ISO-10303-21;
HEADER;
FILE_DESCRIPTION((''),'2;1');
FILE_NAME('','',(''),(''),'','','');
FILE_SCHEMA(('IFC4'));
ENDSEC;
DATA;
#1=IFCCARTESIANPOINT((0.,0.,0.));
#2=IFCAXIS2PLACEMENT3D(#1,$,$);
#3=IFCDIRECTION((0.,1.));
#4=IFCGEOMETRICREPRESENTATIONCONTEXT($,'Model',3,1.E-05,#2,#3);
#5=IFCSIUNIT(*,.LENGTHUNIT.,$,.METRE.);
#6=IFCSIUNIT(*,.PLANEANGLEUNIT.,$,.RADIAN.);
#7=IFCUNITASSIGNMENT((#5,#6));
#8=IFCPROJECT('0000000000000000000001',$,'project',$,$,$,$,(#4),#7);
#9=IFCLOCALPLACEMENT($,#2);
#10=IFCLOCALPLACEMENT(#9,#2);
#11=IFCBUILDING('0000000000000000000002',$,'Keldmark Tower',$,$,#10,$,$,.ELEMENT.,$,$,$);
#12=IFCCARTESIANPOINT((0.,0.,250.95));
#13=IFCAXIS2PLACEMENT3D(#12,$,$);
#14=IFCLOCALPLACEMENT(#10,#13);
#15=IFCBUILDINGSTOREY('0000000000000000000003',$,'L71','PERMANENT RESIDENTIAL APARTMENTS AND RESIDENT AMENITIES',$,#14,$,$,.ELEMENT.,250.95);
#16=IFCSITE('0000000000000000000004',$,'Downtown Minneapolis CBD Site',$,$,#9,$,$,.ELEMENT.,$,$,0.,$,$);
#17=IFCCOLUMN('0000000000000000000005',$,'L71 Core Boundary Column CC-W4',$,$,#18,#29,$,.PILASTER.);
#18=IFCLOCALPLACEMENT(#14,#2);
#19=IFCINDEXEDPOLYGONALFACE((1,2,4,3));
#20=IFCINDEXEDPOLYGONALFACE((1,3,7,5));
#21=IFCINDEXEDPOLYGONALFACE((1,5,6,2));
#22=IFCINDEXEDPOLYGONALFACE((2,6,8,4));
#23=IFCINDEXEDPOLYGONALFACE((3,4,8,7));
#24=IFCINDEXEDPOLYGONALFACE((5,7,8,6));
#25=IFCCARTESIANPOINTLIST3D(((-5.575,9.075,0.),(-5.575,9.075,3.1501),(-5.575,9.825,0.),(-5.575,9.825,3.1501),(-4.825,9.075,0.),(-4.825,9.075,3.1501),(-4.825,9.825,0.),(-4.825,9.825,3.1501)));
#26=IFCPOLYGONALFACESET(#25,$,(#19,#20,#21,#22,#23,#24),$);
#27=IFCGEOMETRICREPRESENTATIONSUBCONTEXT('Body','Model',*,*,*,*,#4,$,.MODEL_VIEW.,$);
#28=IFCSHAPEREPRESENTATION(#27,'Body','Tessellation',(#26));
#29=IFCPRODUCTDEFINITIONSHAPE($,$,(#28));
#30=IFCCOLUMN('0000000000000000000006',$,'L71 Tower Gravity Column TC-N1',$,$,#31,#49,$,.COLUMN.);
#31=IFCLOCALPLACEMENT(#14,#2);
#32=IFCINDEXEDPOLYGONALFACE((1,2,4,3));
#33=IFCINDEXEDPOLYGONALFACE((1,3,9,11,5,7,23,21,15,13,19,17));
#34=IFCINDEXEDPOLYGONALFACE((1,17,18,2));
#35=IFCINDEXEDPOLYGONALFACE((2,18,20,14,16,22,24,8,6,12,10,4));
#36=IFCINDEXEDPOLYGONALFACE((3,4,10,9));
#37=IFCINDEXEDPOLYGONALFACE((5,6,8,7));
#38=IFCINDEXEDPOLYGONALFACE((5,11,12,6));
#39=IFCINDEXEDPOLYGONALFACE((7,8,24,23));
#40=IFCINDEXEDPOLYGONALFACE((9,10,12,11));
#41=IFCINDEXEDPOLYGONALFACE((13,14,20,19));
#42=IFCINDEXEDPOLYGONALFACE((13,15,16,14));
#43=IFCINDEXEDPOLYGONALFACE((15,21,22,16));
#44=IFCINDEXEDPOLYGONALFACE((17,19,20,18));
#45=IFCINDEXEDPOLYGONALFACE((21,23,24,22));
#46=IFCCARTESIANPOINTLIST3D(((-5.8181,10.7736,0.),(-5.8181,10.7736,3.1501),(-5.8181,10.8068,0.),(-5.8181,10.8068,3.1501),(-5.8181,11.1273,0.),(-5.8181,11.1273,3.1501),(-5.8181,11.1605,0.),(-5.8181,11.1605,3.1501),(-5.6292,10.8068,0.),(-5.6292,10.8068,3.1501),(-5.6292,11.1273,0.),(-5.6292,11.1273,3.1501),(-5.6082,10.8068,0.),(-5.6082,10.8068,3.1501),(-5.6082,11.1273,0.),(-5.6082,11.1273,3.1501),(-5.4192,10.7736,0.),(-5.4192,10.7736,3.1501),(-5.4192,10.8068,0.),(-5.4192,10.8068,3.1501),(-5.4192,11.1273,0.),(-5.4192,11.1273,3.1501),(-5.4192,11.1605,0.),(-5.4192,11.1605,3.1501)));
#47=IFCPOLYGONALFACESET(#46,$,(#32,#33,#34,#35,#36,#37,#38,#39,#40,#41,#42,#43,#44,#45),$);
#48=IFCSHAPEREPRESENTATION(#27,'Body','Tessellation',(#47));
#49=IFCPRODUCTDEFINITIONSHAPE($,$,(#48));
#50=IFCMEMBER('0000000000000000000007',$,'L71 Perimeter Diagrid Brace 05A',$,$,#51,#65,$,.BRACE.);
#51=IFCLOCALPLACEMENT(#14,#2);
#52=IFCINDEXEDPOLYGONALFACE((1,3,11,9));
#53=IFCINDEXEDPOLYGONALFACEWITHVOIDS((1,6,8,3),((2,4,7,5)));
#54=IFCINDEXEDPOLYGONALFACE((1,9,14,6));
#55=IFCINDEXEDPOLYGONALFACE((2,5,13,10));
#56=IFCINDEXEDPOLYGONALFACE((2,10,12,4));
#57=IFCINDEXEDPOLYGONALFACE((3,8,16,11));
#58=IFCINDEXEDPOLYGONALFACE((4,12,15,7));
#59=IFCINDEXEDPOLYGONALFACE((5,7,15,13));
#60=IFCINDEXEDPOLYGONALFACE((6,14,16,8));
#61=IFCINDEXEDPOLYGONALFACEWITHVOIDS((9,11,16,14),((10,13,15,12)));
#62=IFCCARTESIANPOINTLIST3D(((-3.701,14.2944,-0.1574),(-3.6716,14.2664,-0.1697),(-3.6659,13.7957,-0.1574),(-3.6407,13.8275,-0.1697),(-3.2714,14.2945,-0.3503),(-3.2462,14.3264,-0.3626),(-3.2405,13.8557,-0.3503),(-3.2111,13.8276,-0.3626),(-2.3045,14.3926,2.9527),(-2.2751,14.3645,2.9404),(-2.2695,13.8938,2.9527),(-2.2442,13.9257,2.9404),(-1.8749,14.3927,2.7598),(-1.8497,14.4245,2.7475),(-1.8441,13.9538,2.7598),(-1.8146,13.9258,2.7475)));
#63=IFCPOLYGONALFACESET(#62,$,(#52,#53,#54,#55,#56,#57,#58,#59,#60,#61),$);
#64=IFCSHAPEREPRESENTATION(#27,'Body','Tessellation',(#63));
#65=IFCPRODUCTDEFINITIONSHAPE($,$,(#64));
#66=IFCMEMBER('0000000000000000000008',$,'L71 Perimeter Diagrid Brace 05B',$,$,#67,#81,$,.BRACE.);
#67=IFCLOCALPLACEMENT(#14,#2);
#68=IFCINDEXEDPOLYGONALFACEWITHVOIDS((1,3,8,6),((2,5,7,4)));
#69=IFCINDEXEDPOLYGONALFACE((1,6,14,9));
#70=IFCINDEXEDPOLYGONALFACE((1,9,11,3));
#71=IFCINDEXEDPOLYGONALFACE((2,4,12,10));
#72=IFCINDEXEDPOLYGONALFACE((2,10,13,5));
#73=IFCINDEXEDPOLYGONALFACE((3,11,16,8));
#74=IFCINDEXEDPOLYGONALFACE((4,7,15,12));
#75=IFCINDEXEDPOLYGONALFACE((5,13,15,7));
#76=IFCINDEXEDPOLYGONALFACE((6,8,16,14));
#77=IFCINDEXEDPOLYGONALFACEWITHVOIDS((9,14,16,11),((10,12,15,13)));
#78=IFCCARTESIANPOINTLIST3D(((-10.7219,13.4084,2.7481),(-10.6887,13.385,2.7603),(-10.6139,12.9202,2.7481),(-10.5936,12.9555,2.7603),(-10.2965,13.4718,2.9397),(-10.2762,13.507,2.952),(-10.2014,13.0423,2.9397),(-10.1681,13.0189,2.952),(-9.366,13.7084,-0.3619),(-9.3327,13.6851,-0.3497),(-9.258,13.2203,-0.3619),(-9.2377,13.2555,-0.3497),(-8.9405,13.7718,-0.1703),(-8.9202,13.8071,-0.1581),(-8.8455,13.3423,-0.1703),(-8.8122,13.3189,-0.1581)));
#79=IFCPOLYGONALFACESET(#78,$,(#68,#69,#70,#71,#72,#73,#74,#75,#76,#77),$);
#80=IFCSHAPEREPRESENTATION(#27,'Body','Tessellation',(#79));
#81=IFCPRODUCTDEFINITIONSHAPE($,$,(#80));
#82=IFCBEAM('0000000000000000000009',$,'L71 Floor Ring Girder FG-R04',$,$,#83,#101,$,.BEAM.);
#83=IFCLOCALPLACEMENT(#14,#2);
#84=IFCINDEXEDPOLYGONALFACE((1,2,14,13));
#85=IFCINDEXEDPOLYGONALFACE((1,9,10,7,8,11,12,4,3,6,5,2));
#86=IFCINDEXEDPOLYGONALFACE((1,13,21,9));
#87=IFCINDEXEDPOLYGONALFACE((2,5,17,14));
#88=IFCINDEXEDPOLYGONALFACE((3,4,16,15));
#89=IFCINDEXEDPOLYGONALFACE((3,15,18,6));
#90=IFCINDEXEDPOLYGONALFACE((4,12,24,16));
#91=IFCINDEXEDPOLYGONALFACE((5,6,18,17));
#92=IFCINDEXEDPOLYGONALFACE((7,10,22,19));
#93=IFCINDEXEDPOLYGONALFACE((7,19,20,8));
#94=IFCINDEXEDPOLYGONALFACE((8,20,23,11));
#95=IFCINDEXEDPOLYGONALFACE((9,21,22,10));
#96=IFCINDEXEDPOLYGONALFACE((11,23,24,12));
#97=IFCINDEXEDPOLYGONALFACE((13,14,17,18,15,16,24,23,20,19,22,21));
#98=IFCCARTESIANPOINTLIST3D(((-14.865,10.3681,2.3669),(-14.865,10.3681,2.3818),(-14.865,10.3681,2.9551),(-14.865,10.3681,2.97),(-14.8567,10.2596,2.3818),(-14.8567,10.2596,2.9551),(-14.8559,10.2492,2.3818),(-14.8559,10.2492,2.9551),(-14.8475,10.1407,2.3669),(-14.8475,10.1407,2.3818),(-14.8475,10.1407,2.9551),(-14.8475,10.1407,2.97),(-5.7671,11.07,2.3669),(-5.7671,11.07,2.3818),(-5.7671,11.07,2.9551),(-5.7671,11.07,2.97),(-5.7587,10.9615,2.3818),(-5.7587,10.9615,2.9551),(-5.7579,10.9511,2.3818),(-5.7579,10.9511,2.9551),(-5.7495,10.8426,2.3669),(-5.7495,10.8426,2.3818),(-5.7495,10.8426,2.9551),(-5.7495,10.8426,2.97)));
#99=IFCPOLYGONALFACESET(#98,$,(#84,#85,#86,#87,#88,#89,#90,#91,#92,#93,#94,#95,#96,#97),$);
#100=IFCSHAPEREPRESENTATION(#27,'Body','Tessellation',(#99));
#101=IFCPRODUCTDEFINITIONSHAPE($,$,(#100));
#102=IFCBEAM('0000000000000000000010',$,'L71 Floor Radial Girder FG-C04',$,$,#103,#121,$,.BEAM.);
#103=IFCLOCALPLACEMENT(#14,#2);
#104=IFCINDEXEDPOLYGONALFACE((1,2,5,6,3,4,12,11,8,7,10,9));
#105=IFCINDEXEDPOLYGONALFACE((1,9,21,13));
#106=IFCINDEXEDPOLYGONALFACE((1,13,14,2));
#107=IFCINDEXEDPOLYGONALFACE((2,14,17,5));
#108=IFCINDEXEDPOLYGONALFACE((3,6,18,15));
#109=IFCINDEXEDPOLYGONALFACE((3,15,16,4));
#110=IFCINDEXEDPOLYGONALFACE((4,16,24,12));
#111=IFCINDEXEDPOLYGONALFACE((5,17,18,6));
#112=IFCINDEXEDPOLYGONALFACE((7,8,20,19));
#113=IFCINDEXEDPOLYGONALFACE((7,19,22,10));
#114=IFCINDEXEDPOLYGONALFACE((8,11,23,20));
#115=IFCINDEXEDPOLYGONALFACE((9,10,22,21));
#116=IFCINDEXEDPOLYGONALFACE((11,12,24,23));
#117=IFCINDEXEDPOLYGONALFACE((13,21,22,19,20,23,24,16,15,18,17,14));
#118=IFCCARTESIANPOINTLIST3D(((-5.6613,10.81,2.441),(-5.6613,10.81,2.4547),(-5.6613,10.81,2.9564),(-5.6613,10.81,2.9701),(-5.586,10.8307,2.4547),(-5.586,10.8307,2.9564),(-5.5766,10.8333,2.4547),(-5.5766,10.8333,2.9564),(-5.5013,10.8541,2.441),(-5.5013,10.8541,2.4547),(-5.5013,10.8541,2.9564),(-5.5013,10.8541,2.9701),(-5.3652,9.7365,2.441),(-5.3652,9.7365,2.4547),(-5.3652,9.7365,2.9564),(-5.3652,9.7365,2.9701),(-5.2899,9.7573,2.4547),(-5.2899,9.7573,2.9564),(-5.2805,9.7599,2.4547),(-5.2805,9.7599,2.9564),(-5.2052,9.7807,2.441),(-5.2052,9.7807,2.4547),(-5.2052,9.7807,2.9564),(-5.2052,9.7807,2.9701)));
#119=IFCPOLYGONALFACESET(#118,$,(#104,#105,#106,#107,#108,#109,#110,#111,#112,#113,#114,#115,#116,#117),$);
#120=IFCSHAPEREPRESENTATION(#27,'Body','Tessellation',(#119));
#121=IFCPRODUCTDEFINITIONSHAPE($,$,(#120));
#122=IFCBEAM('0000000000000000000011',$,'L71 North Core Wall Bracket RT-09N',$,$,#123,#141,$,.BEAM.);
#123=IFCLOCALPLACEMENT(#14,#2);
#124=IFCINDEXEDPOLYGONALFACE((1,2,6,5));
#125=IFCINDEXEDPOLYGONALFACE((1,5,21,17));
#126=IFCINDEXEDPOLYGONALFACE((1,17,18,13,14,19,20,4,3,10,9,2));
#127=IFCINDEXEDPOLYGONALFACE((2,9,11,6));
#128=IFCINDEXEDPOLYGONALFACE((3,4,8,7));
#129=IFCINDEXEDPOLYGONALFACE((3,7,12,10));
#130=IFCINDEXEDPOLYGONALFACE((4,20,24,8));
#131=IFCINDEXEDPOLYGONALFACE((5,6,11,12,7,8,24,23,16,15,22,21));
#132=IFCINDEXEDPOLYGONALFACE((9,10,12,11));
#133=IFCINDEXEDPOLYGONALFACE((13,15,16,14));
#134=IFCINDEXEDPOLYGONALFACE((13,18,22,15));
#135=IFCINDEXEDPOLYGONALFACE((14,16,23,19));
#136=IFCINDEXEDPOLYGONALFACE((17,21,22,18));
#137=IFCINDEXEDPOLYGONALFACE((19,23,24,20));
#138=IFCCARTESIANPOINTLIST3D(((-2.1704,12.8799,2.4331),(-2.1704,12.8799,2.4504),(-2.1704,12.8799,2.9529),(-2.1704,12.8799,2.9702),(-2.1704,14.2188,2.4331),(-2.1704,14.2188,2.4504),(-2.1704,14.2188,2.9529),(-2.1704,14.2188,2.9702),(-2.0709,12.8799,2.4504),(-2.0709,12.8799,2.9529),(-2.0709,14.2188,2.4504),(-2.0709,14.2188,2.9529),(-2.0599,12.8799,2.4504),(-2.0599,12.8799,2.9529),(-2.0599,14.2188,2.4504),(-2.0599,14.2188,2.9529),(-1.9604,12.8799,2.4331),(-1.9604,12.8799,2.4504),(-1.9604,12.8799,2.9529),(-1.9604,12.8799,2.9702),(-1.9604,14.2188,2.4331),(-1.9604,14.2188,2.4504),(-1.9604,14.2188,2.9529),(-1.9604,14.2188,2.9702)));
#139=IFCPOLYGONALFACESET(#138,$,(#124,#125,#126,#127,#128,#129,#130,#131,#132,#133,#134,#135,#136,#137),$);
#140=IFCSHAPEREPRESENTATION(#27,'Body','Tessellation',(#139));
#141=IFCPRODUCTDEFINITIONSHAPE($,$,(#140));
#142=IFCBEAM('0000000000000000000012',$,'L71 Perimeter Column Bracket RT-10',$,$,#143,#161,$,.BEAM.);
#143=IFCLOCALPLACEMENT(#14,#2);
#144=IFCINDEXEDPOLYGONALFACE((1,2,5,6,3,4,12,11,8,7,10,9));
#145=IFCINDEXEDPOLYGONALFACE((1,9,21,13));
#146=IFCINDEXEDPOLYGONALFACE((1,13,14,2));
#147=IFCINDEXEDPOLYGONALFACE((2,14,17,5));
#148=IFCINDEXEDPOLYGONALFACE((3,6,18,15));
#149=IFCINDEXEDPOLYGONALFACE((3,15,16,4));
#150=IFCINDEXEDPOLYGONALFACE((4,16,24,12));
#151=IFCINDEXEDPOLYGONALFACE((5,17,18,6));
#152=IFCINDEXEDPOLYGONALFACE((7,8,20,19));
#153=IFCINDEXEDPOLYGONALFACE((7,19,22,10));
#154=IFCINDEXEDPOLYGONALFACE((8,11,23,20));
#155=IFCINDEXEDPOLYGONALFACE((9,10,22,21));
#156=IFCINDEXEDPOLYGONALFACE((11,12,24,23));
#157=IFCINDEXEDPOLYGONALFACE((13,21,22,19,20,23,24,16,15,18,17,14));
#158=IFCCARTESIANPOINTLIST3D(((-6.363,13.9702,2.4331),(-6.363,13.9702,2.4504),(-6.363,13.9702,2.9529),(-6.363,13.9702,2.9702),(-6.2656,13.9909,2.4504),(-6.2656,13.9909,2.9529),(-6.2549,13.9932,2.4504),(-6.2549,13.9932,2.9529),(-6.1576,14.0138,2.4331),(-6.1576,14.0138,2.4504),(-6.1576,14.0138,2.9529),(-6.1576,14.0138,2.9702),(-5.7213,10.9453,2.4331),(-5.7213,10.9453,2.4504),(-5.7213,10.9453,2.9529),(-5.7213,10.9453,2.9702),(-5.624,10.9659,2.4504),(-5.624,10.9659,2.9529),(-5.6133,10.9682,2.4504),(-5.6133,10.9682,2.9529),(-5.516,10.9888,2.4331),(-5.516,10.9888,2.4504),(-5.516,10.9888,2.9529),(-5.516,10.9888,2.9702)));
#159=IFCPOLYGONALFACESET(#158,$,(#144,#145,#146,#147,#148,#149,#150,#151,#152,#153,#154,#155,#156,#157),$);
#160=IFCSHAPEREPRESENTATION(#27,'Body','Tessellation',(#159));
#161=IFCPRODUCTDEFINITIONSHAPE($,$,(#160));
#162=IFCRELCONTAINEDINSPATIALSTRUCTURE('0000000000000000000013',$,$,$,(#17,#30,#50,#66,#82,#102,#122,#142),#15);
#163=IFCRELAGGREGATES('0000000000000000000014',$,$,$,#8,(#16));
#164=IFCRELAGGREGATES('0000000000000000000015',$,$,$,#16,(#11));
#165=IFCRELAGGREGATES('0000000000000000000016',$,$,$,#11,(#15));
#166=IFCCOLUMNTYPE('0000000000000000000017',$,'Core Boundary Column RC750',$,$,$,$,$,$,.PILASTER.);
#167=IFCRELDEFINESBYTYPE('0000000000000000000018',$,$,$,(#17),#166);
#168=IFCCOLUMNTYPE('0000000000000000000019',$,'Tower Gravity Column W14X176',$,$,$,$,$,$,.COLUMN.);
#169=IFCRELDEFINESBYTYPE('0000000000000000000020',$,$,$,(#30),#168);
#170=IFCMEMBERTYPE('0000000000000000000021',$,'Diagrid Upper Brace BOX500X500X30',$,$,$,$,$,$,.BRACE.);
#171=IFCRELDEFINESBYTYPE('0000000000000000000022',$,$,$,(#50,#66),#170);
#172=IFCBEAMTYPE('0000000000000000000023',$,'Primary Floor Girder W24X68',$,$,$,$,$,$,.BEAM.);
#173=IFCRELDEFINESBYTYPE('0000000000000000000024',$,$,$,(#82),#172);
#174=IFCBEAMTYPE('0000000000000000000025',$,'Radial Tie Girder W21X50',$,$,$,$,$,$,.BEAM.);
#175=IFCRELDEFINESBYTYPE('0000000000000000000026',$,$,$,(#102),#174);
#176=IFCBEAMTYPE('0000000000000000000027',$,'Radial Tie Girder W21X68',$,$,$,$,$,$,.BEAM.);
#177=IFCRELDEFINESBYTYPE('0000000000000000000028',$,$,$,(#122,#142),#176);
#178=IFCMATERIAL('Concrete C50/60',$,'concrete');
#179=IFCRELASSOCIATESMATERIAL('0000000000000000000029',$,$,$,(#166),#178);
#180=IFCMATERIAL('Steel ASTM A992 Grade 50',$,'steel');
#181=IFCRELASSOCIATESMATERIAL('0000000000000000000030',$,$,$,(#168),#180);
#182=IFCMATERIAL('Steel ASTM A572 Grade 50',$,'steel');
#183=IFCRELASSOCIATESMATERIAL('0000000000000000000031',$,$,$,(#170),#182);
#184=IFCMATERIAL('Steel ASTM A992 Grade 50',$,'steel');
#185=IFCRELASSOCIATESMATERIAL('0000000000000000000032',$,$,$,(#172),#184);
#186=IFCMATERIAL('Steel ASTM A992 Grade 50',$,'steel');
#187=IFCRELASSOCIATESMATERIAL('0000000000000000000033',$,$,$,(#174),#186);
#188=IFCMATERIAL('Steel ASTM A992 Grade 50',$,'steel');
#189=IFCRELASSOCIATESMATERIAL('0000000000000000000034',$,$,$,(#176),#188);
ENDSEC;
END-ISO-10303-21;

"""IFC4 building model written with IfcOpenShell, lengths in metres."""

from ifc_helpers import new_model, si_unit, direction, frame, origin, origin_2d, place, context, subcontext, project, spatial, rectangle, hollow_rectangle, i_section, extrude, material, material_profile, profile_set, type_object, element, save


model = new_model("IFC4")

# Units and contexts
model_context = context("Model", 3, precision=1e-05, world=origin(), true_north=direction((0.0, 1.0)))
body_context = subcontext(model_context, "Body", "Model", "MODEL_VIEW")
ifc_project = project(units=[si_unit("LENGTHUNIT", "METRE"), si_unit("PLANEANGLEUNIT", "RADIAN")], contexts=[model_context])

# Site, building, storey
site_placement = place(None, origin())
site = spatial("IfcSite", under=ifc_project, at=site_placement, Name="Downtown Minneapolis CBD Site", CompositionType="ELEMENT", RefElevation=0.0)
building_placement = place(site_placement, origin())
building = spatial("IfcBuilding", under=site, at=building_placement, Name="Keldmark Tower", CompositionType="ELEMENT")
storey_placement = place(building_placement, frame((0.0, 0.0, 250.95)))
storey = spatial("IfcBuildingStorey", under=building, at=storey_placement, Name="L71", Description="PERMANENT RESIDENTIAL APARTMENTS AND RESIDENT AMENITIES", CompositionType="ELEMENT", Elevation=250.95)

# Columns
ifc_material_1 = material(Name="Concrete C50/60", Category="concrete")
ifc_material_profile_1 = material_profile(ifc_material_1, rectangle(XDim=0.75, YDim=0.75, at=origin_2d()), Name="RC750X750")
ifc_profile_set_1 = profile_set([ifc_material_profile_1], Name="Concrete C50/60")
column_type_1 = type_object("IfcColumnType", Name="Core Boundary Column RC750", PredefinedType="PILASTER", material=ifc_profile_set_1)
column_1_placement = place(storey_placement, frame((-5.2, 9.45, 0.0), z_axis=(0.0, 0.0, 1.0), x_axis=(1.0, 0.0, 0.0)))
element("IfcColumn", 1, at=column_1_placement, inside=storey, type_object=column_type_1, Name="L71 Core Boundary Column CC-W4", PredefinedType="PILASTER", context=body_context, shape_type="SweptSolid", body=[
    extrude(rectangle(XDim=0.75, YDim=0.75, at=origin_2d()), origin(), (0.0, 0.0, 1.0), 3.1501),
])
ifc_material_2 = material(Name="Steel ASTM A992 Grade 50", Category="steel")
ifc_material_profile_2 = material_profile(ifc_material_2, i_section(OverallWidth=0.3989, OverallDepth=0.387, WebThickness=0.021, FlangeThickness=0.0332, at=origin_2d()), Name="W14X176")
ifc_profile_set_2 = profile_set([ifc_material_profile_2], Name="Steel ASTM A992 Grade 50")
column_type_2 = type_object("IfcColumnType", Name="Tower Gravity Column W14X176", PredefinedType="COLUMN", material=ifc_profile_set_2)
column_2_placement = place(storey_placement, frame((-5.6187, 10.967, 0.0), z_axis=(0.0, 0.0, 1.0), x_axis=(1.0, 0.0, 0.0)))
element("IfcColumn", 2, at=column_2_placement, inside=storey, type_object=column_type_2, Name="L71 Tower Gravity Column TC-N1", PredefinedType="COLUMN", context=body_context, shape_type="SweptSolid", body=[
    extrude(i_section(OverallWidth=0.3989, OverallDepth=0.387, WebThickness=0.021, FlangeThickness=0.0332, at=origin_2d()), origin(), (0.0, 0.0, 1.0), 3.1501),
])

# Members
ifc_material_3 = material(Name="Steel ASTM A572 Grade 50", Category="steel")
ifc_material_profile_3 = material_profile(ifc_material_3, hollow_rectangle(XDim=0.5, YDim=0.5, WallThickness=0.03, at=origin_2d()), Name="BOX500X500X30")
ifc_profile_set_3 = profile_set([ifc_material_profile_3], Name="Steel ASTM A572 Grade 50")
member_type = type_object("IfcMemberType", Name="Diagrid Upper Brace BOX500X500X30", PredefinedType="BRACE", material=ifc_profile_set_3)
member_1_placement = place(storey_placement, frame((-3.4561, 14.061, -0.26), z_axis=(0.409448, 0.028776, 0.91188), x_axis=(-0.070107, 0.997539, 0.0)))
element("IfcMember", 3, at=member_1_placement, inside=storey, type_object=member_type, Name="L71 Perimeter Diagrid Brace 05A", PredefinedType="BRACE", context=body_context, shape_type="SweptSolid", body=[
    extrude(hollow_rectangle(XDim=0.5, YDim=0.5, WallThickness=0.03, at=origin_2d()), origin(), (0.0, 0.0, 1.0), 3.4106),
])
member_2_placement = place(storey_placement, frame((-9.0891, 13.5137, -0.26), z_axis=(-0.398098, -0.088092, 0.913103), x_axis=(0.216056, -0.976381, 0.0)))
element("IfcMember", 4, at=member_2_placement, inside=storey, type_object=member_type, Name="L71 Perimeter Diagrid Brace 05B", PredefinedType="BRACE", context=body_context, shape_type="SweptSolid", body=[
    extrude(hollow_rectangle(XDim=0.5, YDim=0.5, WallThickness=0.03, at=origin_2d()), origin(), (0.0, 0.0, 1.0), 3.406),
])

# Beams
ifc_material_4 = material(Name="Steel ASTM A992 Grade 50", Category="steel")
ifc_material_profile_4 = material_profile(ifc_material_4, i_section(OverallWidth=0.228, OverallDepth=0.603, WebThickness=0.0105, FlangeThickness=0.0149, at=origin_2d()), Name="W24X68")
ifc_profile_set_4 = profile_set([ifc_material_profile_4], Name="Steel ASTM A992 Grade 50")
beam_type_1 = type_object("IfcBeamType", Name="Primary Floor Girder W24X68", PredefinedType="BEAM", material=ifc_profile_set_4)
beam_1_placement = place(storey_placement, frame((-5.7583, 10.9563, 2.6685), z_axis=(-0.997037, -0.076922, 0.0), x_axis=(0.076922, -0.997037, 0.0)))
element("IfcBeam", 5, at=beam_1_placement, inside=storey, type_object=beam_type_1, Name="L71 Floor Ring Girder FG-R04", PredefinedType="BEAM", context=body_context, shape_type="SweptSolid", body=[
    extrude(i_section(OverallWidth=0.228, OverallDepth=0.603, WebThickness=0.0105, FlangeThickness=0.0149, at=origin_2d()), origin(), (0.0, 0.0, 1.0), 9.125),
])
ifc_material_5 = material(Name="Steel ASTM A992 Grade 50", Category="steel")
ifc_material_profile_5 = material_profile(ifc_material_5, i_section(OverallWidth=0.166, OverallDepth=0.5291, WebThickness=0.0098, FlangeThickness=0.0137, at=origin_2d()), Name="W21X50")
ifc_profile_set_5 = profile_set([ifc_material_profile_5], Name="Steel ASTM A992 Grade 50")
beam_type_2 = type_object("IfcBeamType", Name="Radial Tie Girder W21X50", PredefinedType="BEAM", material=ifc_profile_set_5)
beam_2_placement = place(storey_placement, frame((-5.5813, 10.832, 2.7056), z_axis=(0.265936, -0.963991, 0.0), x_axis=(0.963991, 0.265936, 0.0)))
element("IfcBeam", 6, at=beam_2_placement, inside=storey, type_object=beam_type_2, Name="L71 Floor Radial Girder FG-C04", PredefinedType="BEAM", context=body_context, shape_type="SweptSolid", body=[
    extrude(i_section(OverallWidth=0.166, OverallDepth=0.5291, WebThickness=0.0098, FlangeThickness=0.0137, at=origin_2d()), origin(), (0.0, 0.0, 1.0), 1.1135),
])
ifc_material_6 = material(Name="Steel ASTM A992 Grade 50", Category="steel")
ifc_material_profile_6 = material_profile(ifc_material_6, i_section(OverallWidth=0.21, OverallDepth=0.5371, WebThickness=0.011, FlangeThickness=0.0173, at=origin_2d()), Name="W21X68")
ifc_profile_set_6 = profile_set([ifc_material_profile_6], Name="Steel ASTM A992 Grade 50")
beam_type_3 = type_object("IfcBeamType", Name="Radial Tie Girder W21X68", PredefinedType="BEAM", material=ifc_profile_set_6)
beam_3_placement = place(storey_placement, frame((-2.0654, 12.8799, 2.7017), z_axis=(0.0, 1.0, 0.0), x_axis=(-1.0, 0.0, 0.0)))
element("IfcBeam", 7, at=beam_3_placement, inside=storey, type_object=beam_type_3, Name="L71 North Core Wall Bracket RT-09N", PredefinedType="BEAM", context=body_context, shape_type="SweptSolid", body=[
    extrude(i_section(OverallWidth=0.21, OverallDepth=0.5371, WebThickness=0.011, FlangeThickness=0.0173, at=origin_2d()), origin(), (0.0, 0.0, 1.0), 1.3389),
])
beam_4_placement = place(storey_placement, frame((-5.6187, 10.967, 2.7017), z_axis=(-0.20749, 0.978237, 0.0), x_axis=(-0.978237, -0.20749, 0.0)))
element("IfcBeam", 8, at=beam_4_placement, inside=storey, type_object=beam_type_3, Name="L71 Perimeter Column Bracket RT-10", PredefinedType="BEAM", context=body_context, shape_type="SweptSolid", body=[
    extrude(i_section(OverallWidth=0.21, OverallDepth=0.5371, WebThickness=0.011, FlangeThickness=0.0173, at=origin_2d()), origin(), (0.0, 0.0, 1.0), 3.0923),
])

save(model, "model.ifc")
